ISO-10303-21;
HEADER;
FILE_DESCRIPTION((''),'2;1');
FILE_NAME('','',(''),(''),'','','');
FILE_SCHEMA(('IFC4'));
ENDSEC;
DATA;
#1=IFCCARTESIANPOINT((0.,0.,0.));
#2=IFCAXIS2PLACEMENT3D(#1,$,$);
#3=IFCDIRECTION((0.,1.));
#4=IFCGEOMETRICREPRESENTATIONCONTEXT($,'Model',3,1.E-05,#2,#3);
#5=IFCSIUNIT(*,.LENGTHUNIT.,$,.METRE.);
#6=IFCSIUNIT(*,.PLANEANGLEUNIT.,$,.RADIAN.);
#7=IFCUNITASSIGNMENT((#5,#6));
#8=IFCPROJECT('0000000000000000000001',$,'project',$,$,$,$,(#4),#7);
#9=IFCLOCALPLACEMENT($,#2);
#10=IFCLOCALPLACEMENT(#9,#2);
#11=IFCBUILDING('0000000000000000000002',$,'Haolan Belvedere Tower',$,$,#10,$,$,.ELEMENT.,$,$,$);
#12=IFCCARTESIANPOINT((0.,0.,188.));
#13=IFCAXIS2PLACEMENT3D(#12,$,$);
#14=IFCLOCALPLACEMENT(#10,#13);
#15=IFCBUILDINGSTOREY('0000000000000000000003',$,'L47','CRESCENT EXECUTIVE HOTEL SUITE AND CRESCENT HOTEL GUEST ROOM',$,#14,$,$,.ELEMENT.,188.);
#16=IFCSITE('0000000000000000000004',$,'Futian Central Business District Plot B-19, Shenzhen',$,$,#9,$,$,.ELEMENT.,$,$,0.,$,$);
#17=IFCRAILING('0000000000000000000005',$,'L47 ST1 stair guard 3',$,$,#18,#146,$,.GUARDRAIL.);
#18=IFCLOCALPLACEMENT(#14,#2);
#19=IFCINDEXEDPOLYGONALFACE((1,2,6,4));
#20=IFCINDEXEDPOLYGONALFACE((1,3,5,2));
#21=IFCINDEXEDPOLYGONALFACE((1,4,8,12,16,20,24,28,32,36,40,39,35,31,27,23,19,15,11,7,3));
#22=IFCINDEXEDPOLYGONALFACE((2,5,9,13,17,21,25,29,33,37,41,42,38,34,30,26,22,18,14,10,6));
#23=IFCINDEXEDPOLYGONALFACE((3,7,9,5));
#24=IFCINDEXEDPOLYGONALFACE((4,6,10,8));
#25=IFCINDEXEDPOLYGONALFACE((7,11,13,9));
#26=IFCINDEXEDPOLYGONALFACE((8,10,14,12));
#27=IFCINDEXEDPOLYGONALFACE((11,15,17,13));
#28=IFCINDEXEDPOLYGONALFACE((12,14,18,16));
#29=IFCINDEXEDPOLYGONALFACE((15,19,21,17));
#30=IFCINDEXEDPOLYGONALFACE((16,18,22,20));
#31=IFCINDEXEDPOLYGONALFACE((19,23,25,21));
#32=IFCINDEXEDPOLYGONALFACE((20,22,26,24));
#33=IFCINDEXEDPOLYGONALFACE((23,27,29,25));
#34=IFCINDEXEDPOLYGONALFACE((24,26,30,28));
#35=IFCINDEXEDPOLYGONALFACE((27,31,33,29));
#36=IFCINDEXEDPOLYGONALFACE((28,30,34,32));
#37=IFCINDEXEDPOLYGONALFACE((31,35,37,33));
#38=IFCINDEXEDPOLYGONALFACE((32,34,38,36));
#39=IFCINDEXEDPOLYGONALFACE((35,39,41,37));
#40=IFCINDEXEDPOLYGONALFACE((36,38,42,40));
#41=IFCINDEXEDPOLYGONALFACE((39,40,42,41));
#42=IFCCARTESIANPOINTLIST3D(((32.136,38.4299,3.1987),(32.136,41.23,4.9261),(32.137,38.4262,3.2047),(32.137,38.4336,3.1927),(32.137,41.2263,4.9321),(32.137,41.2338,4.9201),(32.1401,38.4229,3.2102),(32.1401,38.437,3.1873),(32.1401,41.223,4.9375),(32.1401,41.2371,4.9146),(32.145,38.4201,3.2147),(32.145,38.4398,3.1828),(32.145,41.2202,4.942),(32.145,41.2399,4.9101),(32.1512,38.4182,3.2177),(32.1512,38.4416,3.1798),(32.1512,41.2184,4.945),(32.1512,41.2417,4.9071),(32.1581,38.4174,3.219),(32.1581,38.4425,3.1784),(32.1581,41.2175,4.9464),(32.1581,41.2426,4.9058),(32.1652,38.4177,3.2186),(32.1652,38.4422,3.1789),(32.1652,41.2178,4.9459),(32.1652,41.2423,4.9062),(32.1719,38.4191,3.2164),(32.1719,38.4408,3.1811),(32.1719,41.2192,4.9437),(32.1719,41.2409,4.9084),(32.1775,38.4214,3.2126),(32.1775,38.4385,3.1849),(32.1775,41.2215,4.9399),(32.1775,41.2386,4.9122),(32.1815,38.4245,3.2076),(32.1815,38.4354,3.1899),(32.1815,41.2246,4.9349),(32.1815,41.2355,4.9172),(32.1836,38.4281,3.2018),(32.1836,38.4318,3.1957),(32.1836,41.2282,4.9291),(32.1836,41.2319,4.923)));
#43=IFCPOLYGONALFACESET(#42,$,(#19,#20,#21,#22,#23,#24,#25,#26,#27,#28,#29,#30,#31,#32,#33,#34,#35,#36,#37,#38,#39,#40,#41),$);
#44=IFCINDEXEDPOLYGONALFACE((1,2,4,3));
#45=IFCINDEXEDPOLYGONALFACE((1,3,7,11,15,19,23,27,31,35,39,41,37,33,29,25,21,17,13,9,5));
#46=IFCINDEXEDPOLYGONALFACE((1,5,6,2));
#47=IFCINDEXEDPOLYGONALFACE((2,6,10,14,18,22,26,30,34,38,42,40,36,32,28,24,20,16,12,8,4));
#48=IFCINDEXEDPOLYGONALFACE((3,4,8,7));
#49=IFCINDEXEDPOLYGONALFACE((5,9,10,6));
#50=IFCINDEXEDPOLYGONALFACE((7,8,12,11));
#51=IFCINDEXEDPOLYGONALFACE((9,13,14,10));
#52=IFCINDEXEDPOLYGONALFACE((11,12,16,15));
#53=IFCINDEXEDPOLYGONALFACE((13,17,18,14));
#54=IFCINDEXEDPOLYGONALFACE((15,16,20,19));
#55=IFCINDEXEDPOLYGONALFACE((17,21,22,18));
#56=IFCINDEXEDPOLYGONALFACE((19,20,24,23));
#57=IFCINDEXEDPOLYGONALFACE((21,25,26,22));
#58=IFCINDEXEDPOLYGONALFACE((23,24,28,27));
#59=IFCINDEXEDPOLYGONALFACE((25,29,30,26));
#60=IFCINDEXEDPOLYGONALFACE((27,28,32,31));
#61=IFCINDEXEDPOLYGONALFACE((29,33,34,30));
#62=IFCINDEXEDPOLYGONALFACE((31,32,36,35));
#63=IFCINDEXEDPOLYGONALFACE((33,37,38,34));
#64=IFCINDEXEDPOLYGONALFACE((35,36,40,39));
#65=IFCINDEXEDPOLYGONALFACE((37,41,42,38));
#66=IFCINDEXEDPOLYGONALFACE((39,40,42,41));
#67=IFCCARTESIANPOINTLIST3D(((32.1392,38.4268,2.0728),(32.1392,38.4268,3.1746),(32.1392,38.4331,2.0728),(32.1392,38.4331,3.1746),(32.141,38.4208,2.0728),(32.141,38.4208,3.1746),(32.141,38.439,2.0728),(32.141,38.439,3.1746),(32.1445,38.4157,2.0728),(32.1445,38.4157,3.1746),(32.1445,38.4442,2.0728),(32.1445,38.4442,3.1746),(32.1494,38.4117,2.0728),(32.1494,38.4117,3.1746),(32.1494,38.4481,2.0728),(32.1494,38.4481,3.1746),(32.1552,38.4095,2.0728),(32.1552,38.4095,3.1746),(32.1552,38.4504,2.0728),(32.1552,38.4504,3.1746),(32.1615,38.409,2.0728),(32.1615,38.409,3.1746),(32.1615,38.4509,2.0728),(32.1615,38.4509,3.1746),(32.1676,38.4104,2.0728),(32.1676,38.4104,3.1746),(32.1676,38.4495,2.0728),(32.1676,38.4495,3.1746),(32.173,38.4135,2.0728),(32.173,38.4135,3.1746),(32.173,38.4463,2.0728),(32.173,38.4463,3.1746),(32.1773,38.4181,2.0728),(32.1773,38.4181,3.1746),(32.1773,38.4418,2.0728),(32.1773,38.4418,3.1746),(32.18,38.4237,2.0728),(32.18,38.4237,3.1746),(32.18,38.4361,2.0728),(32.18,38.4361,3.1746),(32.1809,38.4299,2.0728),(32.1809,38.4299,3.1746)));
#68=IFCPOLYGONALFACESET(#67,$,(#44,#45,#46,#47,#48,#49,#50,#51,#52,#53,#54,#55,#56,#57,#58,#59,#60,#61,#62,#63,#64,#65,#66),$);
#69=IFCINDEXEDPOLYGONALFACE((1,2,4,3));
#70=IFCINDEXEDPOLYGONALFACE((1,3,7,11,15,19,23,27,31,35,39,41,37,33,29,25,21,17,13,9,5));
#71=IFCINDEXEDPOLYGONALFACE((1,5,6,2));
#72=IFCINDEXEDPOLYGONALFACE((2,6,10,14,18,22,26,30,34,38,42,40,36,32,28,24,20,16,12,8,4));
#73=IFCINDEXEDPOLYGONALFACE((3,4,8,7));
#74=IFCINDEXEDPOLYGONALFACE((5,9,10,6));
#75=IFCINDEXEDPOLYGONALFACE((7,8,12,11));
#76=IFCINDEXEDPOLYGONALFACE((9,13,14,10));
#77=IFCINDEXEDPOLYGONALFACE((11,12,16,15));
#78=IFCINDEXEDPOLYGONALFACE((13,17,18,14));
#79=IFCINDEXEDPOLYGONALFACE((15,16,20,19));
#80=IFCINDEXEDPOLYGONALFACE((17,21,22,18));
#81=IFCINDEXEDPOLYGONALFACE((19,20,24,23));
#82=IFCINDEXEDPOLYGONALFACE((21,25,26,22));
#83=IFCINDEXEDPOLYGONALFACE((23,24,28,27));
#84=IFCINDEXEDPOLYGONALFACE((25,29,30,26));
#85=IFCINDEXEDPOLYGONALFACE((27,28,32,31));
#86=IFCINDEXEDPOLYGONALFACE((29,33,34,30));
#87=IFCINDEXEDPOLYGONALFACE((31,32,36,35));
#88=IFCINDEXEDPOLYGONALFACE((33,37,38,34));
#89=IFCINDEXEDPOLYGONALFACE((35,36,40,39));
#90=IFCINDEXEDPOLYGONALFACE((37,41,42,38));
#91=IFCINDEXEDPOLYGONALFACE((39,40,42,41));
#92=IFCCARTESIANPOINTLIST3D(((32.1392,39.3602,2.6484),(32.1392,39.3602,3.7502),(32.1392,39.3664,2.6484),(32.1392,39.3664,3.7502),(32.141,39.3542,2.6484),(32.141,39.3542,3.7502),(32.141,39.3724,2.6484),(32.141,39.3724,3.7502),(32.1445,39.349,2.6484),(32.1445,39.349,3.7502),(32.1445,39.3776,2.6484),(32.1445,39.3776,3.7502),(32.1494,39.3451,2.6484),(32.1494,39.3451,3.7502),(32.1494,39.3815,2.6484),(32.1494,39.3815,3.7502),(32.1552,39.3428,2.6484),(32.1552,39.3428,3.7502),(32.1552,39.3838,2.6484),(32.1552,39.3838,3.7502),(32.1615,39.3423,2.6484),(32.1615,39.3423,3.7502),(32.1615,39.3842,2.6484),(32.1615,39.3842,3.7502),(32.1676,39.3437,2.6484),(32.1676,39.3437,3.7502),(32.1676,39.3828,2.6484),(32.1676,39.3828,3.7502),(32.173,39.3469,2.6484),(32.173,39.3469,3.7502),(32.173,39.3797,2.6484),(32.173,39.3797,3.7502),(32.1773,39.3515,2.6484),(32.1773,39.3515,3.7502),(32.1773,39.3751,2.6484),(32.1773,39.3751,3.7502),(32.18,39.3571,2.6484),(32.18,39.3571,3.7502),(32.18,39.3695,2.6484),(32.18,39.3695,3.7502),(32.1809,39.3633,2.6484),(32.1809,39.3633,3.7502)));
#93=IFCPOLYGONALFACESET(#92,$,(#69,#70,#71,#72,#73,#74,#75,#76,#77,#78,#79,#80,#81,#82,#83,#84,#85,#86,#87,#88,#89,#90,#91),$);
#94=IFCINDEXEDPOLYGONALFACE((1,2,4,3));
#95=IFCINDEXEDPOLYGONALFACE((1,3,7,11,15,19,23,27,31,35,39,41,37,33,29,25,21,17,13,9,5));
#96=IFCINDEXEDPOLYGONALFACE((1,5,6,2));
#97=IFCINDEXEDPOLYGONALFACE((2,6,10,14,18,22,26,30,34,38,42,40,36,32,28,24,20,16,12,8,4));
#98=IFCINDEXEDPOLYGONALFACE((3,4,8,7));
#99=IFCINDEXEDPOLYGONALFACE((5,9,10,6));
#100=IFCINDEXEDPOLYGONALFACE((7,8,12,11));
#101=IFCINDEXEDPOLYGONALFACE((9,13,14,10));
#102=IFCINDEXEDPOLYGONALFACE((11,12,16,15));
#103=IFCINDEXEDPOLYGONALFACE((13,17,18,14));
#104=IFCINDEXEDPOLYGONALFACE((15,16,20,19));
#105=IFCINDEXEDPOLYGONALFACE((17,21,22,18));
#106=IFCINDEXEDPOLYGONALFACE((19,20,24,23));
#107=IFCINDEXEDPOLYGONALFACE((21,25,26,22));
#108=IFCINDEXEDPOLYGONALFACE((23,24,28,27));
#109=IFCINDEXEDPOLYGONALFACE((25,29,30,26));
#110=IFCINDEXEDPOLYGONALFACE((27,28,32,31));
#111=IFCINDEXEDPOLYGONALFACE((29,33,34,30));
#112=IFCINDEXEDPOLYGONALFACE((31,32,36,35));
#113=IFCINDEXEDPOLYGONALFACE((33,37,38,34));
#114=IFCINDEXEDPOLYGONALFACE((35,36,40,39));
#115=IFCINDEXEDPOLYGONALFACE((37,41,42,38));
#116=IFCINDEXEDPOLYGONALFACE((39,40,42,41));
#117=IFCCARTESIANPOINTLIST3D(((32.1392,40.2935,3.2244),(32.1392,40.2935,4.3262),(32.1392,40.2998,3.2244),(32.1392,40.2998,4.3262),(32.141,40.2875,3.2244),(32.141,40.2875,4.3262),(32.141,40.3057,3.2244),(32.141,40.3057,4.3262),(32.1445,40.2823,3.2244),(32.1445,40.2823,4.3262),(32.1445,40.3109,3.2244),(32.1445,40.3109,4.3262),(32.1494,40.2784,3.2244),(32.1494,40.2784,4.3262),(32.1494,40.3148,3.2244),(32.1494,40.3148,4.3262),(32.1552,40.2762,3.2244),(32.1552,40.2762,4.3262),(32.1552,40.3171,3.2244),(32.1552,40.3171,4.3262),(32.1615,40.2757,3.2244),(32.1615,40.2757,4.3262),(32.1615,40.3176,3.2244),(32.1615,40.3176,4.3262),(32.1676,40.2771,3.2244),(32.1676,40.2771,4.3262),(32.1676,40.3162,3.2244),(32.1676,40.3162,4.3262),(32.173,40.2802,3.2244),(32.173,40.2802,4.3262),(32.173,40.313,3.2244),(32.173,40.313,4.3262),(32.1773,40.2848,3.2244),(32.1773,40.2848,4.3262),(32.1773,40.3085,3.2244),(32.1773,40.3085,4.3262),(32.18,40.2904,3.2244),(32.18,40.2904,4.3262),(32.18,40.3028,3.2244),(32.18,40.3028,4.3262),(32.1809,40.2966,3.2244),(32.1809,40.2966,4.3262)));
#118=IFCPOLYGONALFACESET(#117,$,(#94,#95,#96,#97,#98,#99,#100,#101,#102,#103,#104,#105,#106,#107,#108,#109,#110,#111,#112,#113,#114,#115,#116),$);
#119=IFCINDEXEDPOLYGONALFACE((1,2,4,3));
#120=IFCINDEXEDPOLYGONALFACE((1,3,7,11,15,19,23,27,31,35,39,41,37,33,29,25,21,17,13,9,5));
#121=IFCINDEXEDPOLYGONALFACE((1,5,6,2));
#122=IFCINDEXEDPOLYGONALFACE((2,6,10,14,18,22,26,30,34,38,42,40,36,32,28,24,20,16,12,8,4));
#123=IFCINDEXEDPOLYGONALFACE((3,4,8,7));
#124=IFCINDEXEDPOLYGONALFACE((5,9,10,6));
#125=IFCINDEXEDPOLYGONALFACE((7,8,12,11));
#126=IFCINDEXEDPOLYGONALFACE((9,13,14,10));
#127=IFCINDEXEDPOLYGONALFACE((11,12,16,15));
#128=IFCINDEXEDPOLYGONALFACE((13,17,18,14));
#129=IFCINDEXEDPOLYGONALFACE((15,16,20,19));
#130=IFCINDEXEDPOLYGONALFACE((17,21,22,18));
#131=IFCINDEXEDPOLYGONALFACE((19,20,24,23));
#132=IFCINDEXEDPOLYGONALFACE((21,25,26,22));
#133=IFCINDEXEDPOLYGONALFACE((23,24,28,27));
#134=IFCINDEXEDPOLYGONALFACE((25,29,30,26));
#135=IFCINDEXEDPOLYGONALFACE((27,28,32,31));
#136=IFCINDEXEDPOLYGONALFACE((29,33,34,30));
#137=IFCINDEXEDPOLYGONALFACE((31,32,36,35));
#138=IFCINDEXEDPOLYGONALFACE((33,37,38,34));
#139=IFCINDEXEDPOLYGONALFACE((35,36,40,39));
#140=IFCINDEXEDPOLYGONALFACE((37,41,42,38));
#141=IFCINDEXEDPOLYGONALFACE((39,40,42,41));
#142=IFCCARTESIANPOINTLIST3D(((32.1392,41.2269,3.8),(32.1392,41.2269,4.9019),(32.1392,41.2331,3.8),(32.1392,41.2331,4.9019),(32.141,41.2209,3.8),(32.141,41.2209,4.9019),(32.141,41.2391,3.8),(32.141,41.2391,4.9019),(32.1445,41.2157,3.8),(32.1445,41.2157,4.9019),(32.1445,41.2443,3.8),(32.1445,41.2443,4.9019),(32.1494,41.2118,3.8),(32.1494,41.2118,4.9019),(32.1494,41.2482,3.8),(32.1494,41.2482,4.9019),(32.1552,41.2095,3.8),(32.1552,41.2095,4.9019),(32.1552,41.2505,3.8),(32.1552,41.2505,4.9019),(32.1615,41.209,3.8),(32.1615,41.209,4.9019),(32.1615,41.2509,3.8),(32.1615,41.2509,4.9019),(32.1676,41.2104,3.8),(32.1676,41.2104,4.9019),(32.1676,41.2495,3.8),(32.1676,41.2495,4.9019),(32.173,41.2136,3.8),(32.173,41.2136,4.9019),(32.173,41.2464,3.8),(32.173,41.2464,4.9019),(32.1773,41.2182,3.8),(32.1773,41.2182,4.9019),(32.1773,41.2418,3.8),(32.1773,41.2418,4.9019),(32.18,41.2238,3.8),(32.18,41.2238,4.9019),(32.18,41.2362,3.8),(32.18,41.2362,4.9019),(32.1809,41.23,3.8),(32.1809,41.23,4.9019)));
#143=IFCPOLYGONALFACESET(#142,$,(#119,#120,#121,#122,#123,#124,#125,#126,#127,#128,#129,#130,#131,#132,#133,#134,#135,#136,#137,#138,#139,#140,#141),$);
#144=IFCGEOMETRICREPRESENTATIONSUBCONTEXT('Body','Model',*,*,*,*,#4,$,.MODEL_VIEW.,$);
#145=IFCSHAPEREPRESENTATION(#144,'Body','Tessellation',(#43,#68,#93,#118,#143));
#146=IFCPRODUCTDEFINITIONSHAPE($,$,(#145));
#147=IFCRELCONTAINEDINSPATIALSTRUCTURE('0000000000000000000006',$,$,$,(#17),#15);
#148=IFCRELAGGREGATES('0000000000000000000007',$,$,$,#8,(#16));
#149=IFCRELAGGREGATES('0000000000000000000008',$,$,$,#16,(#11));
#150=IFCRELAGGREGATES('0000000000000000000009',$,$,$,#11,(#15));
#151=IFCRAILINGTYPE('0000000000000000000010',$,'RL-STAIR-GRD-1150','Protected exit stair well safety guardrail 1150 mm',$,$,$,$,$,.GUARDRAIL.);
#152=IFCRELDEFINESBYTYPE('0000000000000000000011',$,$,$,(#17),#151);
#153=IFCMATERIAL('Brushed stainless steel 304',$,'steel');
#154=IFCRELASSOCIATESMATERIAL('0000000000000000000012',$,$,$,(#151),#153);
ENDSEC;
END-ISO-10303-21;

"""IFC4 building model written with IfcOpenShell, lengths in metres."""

from ifc_helpers import new_model, si_unit, direction, frame, origin, origin_2d, place, context, subcontext, project, spatial, circle, extrude, material, type_object, element, save


model = new_model("IFC4")

# Units and contexts
model_context = context("Model", 3, precision=1e-05, world=origin(), true_north=direction((0.0, 1.0)))
body_context = subcontext(model_context, "Body", "Model", "MODEL_VIEW")
ifc_project = project(units=[si_unit("LENGTHUNIT", "METRE"), si_unit("PLANEANGLEUNIT", "RADIAN")], contexts=[model_context])

# Site, building, storey
site_placement = place(None, origin())
site = spatial("IfcSite", under=ifc_project, at=site_placement, Name="Futian Central Business District Plot B-19, Shenzhen", CompositionType="ELEMENT", RefElevation=0.0)
building_placement = place(site_placement, origin())
building = spatial("IfcBuilding", under=site, at=building_placement, Name="Haolan Belvedere Tower", CompositionType="ELEMENT")
storey_placement = place(building_placement, frame((0.0, 0.0, 188.0)))
storey = spatial("IfcBuildingStorey", under=building, at=storey_placement, Name="L47", Description="CRESCENT EXECUTIVE HOTEL SUITE AND CRESCENT HOTEL GUEST ROOM", CompositionType="ELEMENT", Elevation=188.0)

# Railing
ifc_material_1 = material(Name="Brushed stainless steel 304", Category="steel")
railing_type_1 = type_object("IfcRailingType", Name="RL-STAIR-GRD-1150", Description="Protected exit stair well safety guardrail 1150 mm", PredefinedType="GUARDRAIL", material=ifc_material_1)
railing_1_placement = place(storey_placement, frame((32.1599, 38.4299, 2.0728)))
element("IfcRailing", 1, at=railing_1_placement, inside=storey, type_object=railing_type_1, Name="L47 ST1 stair guard 3", PredefinedType="GUARDRAIL", context=body_context, shape_type="SweptSolid", body=[
    extrude(circle(Radius=0.0239, at=origin_2d()), frame((0.0, 0.0, 1.126), z_axis=(0.0, 0.85109, 0.52502), x_axis=(-1.0, 0.0, 0.0)), (0.0, 0.0, 1.0), 3.29),
    extrude(circle(Radius=0.021, at=origin_2d()), origin(), (0.0, 0.0, 1.0), 1.1018),
    extrude(circle(Radius=0.021, at=origin_2d()), frame((0.0, 0.9333, 0.5757)), (0.0, 0.0, 1.0), 1.1018),
    extrude(circle(Radius=0.021, at=origin_2d()), frame((0.0, 1.8667, 1.1516)), (0.0, 0.0, 1.0), 1.1018),
    extrude(circle(Radius=0.021, at=origin_2d()), frame((0.0, 2.8, 1.7273)), (0.0, 0.0, 1.0), 1.1018),
])

save(model, "model.ifc")
